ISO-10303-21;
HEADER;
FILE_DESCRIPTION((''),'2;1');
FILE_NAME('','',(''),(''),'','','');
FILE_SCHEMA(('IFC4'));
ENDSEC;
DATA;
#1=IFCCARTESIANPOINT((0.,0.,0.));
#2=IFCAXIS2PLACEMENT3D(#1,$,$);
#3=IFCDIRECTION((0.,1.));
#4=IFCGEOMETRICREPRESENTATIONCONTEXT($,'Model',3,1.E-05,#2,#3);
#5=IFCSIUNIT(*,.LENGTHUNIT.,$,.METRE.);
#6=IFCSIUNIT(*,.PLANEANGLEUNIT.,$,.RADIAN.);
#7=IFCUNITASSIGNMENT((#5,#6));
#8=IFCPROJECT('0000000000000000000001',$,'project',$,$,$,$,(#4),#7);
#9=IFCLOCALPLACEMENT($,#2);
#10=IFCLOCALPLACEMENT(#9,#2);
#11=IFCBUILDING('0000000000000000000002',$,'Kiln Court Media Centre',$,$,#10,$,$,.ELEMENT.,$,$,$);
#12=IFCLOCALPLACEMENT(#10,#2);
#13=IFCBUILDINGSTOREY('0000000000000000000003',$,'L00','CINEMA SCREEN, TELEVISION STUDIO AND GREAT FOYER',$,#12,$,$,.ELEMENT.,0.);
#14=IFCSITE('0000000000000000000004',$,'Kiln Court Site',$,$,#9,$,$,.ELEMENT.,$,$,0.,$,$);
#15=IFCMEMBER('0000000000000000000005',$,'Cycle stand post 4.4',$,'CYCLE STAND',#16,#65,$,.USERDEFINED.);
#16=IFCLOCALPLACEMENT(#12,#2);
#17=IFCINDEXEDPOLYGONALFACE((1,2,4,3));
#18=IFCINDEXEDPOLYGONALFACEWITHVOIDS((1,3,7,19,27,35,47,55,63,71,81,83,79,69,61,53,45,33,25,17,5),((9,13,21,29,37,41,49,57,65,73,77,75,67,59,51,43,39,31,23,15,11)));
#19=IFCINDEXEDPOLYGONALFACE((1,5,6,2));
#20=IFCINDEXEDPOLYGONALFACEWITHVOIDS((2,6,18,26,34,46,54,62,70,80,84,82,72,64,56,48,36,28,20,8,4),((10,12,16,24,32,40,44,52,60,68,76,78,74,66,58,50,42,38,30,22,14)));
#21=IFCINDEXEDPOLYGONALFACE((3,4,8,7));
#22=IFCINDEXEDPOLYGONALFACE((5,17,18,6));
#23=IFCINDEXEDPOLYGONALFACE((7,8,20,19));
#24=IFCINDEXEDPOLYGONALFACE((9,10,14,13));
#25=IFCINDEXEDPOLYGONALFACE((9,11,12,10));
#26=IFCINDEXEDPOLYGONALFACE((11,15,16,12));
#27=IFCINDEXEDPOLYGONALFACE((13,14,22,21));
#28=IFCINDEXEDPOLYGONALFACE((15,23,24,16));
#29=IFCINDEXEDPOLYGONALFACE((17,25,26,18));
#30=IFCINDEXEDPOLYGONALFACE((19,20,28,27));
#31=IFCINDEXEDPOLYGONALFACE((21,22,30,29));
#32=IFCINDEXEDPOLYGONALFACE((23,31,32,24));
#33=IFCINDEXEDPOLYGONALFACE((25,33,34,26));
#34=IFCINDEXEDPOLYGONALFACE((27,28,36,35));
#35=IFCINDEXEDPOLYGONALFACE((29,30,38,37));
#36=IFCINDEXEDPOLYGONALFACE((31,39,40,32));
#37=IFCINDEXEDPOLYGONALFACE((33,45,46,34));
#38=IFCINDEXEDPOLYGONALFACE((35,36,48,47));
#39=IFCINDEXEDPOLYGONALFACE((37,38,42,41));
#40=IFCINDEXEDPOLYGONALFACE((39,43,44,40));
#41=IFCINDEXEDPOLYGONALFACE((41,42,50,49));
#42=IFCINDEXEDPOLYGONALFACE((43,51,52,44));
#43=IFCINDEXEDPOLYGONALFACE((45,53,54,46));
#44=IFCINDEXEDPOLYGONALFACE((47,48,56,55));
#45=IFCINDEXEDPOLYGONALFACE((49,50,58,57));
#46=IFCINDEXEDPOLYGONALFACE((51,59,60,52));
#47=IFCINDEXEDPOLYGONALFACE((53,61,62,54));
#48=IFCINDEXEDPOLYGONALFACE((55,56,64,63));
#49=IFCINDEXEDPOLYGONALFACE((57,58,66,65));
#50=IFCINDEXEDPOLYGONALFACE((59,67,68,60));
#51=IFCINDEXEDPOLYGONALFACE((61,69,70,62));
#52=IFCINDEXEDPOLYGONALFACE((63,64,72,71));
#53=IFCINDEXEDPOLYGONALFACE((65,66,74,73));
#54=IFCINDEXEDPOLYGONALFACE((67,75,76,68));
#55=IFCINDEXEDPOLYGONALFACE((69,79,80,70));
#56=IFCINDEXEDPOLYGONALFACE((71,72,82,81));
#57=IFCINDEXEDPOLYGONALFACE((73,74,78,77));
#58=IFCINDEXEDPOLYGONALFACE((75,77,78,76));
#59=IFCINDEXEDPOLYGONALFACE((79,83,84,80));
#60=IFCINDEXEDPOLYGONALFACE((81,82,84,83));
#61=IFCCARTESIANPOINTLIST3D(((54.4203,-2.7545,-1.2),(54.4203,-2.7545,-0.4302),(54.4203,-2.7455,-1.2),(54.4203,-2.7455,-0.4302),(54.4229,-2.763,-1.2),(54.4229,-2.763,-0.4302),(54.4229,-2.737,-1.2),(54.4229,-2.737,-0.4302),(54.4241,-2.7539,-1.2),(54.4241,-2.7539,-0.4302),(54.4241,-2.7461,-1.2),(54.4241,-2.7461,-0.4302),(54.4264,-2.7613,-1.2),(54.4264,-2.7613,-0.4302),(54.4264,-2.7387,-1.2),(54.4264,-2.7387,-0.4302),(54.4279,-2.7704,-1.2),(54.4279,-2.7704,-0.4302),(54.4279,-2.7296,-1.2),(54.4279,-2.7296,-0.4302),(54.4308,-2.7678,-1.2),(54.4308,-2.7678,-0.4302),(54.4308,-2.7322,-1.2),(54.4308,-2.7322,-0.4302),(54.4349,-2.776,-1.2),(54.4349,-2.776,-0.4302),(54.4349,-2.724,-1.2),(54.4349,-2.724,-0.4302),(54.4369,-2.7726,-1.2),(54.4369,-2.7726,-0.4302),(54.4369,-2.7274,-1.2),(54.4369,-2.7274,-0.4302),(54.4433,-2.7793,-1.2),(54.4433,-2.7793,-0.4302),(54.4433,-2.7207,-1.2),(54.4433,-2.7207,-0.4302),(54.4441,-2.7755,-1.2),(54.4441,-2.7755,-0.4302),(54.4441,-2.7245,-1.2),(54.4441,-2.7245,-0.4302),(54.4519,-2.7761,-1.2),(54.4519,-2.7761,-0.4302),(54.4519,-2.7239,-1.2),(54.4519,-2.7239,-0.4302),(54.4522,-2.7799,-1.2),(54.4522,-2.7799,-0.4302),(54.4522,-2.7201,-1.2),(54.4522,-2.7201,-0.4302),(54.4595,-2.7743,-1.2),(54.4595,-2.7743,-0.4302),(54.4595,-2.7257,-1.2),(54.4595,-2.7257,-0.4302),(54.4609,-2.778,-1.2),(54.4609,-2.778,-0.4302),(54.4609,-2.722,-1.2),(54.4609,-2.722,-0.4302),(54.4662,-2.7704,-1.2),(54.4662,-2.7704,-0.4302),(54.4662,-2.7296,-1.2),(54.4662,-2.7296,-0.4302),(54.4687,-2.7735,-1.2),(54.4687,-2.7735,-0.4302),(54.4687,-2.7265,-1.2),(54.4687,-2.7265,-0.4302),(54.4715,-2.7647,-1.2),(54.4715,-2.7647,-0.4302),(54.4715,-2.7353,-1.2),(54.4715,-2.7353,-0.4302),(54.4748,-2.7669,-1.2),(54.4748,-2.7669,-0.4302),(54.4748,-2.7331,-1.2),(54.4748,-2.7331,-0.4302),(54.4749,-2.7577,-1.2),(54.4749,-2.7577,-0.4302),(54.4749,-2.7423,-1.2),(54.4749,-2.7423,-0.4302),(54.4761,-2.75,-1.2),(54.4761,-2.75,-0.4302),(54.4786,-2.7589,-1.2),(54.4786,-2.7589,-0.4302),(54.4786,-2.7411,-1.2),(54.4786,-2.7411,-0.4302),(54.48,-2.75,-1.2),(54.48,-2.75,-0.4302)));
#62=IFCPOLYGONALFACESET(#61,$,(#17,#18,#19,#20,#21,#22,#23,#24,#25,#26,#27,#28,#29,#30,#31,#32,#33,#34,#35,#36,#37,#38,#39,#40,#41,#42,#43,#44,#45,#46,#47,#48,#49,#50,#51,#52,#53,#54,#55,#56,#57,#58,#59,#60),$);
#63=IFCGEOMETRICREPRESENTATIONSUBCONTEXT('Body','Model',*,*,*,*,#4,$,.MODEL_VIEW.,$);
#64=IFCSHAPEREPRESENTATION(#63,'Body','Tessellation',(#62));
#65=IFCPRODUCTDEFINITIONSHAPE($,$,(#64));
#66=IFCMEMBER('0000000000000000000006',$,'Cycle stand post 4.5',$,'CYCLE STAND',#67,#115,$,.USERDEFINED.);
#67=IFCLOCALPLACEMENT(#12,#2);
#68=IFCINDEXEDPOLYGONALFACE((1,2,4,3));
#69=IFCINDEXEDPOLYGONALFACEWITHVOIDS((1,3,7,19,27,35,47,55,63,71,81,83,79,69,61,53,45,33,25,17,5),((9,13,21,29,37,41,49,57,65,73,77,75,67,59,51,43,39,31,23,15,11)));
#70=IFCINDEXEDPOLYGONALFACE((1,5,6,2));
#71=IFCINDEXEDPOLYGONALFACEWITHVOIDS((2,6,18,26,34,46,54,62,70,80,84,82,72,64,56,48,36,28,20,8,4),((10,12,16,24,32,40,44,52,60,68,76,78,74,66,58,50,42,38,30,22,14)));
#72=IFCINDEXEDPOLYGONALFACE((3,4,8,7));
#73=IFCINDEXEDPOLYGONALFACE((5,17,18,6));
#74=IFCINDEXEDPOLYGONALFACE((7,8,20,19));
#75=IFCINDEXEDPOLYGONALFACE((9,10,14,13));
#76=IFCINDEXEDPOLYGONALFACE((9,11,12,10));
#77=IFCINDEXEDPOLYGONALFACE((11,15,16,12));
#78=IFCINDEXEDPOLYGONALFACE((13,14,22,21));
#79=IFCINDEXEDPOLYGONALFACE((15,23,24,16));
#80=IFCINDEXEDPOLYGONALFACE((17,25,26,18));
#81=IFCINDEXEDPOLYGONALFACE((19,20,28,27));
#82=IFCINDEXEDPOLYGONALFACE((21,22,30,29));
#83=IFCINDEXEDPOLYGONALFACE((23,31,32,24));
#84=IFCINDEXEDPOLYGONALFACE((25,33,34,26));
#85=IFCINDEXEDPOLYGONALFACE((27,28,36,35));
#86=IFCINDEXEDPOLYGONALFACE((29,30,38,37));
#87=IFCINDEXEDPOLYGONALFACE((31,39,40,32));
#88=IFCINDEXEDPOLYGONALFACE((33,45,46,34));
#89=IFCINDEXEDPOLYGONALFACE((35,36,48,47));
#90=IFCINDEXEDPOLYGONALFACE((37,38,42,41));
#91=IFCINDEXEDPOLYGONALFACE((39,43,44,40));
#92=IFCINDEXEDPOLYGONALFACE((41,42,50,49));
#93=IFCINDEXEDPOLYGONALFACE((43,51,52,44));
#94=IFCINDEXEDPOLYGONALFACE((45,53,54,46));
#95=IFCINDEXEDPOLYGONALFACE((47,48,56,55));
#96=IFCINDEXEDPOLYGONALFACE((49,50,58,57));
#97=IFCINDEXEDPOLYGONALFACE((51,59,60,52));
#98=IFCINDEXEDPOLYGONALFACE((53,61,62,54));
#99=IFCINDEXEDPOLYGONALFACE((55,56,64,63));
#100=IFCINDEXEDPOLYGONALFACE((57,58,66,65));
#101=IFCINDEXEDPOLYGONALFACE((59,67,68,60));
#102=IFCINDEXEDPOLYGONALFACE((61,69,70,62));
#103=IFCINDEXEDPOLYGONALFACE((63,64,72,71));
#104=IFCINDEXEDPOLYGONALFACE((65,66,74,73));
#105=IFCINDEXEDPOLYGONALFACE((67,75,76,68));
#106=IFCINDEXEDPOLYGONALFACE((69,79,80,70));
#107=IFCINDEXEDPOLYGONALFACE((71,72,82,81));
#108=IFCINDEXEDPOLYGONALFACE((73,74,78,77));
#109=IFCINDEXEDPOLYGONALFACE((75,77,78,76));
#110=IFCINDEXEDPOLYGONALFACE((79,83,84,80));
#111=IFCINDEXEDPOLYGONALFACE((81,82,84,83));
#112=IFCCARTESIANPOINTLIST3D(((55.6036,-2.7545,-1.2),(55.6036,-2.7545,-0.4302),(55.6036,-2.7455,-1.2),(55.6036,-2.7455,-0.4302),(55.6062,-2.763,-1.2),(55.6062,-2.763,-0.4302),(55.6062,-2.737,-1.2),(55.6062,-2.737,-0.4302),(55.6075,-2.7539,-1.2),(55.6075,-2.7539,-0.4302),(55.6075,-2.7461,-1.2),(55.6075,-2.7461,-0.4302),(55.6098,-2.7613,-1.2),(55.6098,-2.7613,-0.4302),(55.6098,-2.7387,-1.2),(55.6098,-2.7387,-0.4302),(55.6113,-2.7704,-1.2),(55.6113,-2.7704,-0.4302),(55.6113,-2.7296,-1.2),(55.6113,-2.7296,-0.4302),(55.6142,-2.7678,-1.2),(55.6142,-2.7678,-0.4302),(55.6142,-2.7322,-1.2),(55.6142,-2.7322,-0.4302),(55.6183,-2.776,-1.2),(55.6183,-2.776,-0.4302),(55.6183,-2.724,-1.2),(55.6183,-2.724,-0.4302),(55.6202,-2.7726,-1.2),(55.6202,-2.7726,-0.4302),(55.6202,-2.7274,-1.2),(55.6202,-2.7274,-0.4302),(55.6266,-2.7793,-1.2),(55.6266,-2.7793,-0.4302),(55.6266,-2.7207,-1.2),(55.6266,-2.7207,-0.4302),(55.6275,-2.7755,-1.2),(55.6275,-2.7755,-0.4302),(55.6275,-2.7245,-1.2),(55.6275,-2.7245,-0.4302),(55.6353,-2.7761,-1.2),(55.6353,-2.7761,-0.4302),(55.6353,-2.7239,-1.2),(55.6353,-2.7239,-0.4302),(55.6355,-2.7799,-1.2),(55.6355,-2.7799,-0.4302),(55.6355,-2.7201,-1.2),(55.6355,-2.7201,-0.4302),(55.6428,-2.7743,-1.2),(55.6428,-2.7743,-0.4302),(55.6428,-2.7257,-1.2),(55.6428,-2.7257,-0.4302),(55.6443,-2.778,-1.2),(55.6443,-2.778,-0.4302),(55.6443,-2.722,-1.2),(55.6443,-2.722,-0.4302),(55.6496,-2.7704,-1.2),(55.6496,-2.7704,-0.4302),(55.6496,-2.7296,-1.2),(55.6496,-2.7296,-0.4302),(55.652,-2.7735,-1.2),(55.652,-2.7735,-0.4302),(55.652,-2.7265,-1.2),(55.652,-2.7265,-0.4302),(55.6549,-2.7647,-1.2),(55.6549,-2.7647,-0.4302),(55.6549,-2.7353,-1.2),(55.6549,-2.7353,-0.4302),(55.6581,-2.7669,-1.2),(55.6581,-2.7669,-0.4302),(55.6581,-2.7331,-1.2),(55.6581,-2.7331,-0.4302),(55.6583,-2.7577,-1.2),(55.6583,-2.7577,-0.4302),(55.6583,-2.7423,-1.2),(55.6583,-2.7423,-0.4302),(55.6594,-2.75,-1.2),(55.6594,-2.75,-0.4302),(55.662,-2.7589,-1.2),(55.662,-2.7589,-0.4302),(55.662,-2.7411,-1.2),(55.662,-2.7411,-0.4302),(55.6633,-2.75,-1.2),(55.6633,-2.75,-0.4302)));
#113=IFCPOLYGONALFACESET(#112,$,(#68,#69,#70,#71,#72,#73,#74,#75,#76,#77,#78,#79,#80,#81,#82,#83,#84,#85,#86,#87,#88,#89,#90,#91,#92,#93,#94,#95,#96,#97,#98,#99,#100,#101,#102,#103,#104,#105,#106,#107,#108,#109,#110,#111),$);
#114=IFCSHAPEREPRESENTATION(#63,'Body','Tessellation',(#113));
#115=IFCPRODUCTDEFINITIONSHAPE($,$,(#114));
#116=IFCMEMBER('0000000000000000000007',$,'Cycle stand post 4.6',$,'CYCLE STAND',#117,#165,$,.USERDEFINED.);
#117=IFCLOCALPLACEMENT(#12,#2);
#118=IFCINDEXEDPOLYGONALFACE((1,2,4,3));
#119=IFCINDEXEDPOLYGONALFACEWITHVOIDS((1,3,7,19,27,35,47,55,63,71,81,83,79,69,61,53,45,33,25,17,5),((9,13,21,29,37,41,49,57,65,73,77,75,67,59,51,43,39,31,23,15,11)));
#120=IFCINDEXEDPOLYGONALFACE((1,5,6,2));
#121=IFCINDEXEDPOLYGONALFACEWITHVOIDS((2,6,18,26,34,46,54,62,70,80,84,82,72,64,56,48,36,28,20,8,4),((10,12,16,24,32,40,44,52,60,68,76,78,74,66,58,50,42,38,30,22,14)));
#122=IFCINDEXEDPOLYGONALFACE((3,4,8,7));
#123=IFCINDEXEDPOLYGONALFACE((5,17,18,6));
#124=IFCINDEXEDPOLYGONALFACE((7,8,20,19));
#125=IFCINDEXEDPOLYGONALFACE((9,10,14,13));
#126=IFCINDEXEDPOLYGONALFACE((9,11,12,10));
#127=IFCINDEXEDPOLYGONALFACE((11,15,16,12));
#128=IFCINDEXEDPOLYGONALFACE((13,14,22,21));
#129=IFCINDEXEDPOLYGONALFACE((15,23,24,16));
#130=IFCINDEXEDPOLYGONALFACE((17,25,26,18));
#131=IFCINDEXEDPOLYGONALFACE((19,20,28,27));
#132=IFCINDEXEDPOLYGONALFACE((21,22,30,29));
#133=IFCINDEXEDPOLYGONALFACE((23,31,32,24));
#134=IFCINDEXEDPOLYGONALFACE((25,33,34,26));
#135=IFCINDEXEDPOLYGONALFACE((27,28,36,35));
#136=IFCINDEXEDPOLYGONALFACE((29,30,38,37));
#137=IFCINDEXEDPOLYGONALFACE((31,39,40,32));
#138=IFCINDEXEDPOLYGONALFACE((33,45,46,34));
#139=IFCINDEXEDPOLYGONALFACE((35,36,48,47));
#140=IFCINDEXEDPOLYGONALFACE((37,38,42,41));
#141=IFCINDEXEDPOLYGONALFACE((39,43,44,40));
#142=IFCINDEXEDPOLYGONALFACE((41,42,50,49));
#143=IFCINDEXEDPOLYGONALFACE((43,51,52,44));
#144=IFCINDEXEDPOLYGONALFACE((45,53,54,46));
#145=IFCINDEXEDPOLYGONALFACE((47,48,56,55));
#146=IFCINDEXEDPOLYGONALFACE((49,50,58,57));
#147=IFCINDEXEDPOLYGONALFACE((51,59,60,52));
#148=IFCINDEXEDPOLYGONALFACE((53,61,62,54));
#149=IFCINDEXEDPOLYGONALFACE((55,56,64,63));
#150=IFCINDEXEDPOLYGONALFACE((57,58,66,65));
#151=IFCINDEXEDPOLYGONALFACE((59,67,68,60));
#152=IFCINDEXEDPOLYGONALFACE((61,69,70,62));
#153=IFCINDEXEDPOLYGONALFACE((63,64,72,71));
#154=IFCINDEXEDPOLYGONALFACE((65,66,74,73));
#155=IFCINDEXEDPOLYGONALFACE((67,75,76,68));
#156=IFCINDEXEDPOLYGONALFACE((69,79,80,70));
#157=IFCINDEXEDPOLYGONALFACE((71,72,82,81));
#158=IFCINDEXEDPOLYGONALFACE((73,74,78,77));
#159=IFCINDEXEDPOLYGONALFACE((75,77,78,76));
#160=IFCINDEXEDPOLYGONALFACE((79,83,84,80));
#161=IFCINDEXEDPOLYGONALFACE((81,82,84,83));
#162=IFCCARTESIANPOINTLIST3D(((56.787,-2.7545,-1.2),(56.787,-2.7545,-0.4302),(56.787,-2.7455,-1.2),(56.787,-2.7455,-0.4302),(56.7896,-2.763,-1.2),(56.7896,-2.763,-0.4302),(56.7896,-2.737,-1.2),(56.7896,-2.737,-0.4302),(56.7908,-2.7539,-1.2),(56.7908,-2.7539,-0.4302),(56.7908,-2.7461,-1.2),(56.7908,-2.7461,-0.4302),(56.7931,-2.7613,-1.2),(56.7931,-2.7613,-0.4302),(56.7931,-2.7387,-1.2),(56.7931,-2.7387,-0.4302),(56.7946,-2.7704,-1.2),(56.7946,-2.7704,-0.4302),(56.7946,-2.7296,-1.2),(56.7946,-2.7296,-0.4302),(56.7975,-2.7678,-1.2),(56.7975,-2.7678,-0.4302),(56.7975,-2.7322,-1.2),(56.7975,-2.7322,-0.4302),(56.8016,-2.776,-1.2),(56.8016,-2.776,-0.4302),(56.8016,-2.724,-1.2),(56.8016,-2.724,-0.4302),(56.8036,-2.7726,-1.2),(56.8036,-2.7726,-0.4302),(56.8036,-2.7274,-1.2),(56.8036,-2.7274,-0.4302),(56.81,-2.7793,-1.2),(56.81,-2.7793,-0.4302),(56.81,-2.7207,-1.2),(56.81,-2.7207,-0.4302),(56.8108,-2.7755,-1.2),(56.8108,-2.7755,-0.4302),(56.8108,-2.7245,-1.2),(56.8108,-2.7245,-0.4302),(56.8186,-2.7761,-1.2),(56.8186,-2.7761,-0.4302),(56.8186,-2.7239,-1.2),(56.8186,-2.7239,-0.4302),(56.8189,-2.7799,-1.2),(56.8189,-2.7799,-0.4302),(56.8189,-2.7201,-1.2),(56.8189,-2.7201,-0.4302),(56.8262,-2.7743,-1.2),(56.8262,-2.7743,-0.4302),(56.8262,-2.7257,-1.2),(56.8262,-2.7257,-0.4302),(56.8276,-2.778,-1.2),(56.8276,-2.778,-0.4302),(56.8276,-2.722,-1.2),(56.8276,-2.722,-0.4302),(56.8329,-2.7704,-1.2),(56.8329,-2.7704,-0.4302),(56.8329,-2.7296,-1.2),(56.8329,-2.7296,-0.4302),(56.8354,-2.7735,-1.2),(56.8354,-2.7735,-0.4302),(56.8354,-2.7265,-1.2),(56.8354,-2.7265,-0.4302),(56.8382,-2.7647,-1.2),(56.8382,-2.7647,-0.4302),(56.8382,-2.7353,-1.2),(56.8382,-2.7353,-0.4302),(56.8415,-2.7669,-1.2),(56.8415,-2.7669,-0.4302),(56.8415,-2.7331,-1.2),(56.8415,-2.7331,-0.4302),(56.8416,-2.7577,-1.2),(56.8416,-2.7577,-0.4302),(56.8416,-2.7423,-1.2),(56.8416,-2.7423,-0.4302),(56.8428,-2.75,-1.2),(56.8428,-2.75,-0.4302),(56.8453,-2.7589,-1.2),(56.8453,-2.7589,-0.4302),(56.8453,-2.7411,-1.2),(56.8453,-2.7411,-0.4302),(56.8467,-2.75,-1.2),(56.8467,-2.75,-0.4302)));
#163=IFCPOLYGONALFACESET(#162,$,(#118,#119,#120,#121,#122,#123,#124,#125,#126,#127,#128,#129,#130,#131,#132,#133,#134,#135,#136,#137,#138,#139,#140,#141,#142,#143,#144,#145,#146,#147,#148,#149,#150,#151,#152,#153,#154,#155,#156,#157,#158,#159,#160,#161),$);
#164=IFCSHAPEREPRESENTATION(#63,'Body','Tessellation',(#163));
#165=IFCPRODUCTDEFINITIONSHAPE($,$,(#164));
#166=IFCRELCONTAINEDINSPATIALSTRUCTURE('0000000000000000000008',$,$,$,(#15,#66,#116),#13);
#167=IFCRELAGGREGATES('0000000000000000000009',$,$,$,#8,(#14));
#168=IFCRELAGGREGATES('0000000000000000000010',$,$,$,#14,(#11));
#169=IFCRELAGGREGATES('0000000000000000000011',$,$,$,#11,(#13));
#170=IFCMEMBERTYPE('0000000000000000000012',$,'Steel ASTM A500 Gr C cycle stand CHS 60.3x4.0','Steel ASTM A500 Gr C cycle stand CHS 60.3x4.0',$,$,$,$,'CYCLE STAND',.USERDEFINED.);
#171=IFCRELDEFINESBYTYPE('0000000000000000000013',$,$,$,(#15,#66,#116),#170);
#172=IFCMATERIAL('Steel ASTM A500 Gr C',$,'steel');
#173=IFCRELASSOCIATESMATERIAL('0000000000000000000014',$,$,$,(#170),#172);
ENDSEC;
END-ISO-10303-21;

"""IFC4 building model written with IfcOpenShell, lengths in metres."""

from ifc_helpers import new_model, si_unit, direction, frame, origin, origin_2d, place, context, subcontext, project, spatial, hollow_circle, extrude, material, material_profile, profile_set, type_object, element, save


model = new_model("IFC4")

# Units and contexts
model_context = context("Model", 3, precision=1e-05, world=origin(), true_north=direction((0.0, 1.0)))
body_context = subcontext(model_context, "Body", "Model", "MODEL_VIEW")
ifc_project = project(units=[si_unit("LENGTHUNIT", "METRE"), si_unit("PLANEANGLEUNIT", "RADIAN")], contexts=[model_context])

# Site, building, storey
site_placement = place(None, origin())
site = spatial("IfcSite", under=ifc_project, at=site_placement, Name="Kiln Court Site", CompositionType="ELEMENT", RefElevation=0.0)
building_placement = place(site_placement, origin())
building = spatial("IfcBuilding", under=site, at=building_placement, Name="Kiln Court Media Centre", CompositionType="ELEMENT")
storey_placement = place(building_placement, origin())
storey = spatial("IfcBuildingStorey", under=building, at=storey_placement, Name="L00", Description="CINEMA SCREEN, TELEVISION STUDIO AND GREAT FOYER", CompositionType="ELEMENT", Elevation=0.0)

# Members
ifc_material_1 = material(Name="Steel ASTM A500 Gr C", Category="steel")
ifc_material_profile_1 = material_profile(ifc_material_1, hollow_circle(Radius=0.03, WallThickness=0.0039, at=origin_2d()), Name="CHS 60.3x4.0")
ifc_profile_set_1 = profile_set([ifc_material_profile_1], Name="Steel ASTM A500 Gr C")
member_type = type_object("IfcMemberType", Name="Steel ASTM A500 Gr C cycle stand CHS 60.3x4.0", Description="Steel ASTM A500 Gr C cycle stand CHS 60.3x4.0", ElementType="CYCLE STAND", PredefinedType="USERDEFINED", material=ifc_profile_set_1)
for number, where, z_axis, x_axis, name in (
    (1, (54.45, -2.75, -1.2), (0.0, 0.0, 1.0), (1.0, 0.0, 0.0), "Cycle stand post 4.4"),
    (2, (55.6333, -2.75, -1.2), (0.0, 0.0, 1.0), (1.0, 0.0, 0.0), "Cycle stand post 4.5"),
    (3, (56.8167, -2.75, -1.2), (0.0, 0.0, 1.0), (1.0, 0.0, 0.0), "Cycle stand post 4.6"),
):
    element("IfcMember", number, at=place(storey_placement, frame(where, z_axis=z_axis, x_axis=x_axis)), inside=storey, type_object=member_type, Name=name, ObjectType="CYCLE STAND", PredefinedType="USERDEFINED", context=body_context, shape_type="SweptSolid", body=[
        extrude(hollow_circle(Radius=0.03, WallThickness=0.0039, at=origin_2d()), origin(), (0.0, 0.0, 1.0), 0.7698),
    ])

save(model, "model.ifc")
